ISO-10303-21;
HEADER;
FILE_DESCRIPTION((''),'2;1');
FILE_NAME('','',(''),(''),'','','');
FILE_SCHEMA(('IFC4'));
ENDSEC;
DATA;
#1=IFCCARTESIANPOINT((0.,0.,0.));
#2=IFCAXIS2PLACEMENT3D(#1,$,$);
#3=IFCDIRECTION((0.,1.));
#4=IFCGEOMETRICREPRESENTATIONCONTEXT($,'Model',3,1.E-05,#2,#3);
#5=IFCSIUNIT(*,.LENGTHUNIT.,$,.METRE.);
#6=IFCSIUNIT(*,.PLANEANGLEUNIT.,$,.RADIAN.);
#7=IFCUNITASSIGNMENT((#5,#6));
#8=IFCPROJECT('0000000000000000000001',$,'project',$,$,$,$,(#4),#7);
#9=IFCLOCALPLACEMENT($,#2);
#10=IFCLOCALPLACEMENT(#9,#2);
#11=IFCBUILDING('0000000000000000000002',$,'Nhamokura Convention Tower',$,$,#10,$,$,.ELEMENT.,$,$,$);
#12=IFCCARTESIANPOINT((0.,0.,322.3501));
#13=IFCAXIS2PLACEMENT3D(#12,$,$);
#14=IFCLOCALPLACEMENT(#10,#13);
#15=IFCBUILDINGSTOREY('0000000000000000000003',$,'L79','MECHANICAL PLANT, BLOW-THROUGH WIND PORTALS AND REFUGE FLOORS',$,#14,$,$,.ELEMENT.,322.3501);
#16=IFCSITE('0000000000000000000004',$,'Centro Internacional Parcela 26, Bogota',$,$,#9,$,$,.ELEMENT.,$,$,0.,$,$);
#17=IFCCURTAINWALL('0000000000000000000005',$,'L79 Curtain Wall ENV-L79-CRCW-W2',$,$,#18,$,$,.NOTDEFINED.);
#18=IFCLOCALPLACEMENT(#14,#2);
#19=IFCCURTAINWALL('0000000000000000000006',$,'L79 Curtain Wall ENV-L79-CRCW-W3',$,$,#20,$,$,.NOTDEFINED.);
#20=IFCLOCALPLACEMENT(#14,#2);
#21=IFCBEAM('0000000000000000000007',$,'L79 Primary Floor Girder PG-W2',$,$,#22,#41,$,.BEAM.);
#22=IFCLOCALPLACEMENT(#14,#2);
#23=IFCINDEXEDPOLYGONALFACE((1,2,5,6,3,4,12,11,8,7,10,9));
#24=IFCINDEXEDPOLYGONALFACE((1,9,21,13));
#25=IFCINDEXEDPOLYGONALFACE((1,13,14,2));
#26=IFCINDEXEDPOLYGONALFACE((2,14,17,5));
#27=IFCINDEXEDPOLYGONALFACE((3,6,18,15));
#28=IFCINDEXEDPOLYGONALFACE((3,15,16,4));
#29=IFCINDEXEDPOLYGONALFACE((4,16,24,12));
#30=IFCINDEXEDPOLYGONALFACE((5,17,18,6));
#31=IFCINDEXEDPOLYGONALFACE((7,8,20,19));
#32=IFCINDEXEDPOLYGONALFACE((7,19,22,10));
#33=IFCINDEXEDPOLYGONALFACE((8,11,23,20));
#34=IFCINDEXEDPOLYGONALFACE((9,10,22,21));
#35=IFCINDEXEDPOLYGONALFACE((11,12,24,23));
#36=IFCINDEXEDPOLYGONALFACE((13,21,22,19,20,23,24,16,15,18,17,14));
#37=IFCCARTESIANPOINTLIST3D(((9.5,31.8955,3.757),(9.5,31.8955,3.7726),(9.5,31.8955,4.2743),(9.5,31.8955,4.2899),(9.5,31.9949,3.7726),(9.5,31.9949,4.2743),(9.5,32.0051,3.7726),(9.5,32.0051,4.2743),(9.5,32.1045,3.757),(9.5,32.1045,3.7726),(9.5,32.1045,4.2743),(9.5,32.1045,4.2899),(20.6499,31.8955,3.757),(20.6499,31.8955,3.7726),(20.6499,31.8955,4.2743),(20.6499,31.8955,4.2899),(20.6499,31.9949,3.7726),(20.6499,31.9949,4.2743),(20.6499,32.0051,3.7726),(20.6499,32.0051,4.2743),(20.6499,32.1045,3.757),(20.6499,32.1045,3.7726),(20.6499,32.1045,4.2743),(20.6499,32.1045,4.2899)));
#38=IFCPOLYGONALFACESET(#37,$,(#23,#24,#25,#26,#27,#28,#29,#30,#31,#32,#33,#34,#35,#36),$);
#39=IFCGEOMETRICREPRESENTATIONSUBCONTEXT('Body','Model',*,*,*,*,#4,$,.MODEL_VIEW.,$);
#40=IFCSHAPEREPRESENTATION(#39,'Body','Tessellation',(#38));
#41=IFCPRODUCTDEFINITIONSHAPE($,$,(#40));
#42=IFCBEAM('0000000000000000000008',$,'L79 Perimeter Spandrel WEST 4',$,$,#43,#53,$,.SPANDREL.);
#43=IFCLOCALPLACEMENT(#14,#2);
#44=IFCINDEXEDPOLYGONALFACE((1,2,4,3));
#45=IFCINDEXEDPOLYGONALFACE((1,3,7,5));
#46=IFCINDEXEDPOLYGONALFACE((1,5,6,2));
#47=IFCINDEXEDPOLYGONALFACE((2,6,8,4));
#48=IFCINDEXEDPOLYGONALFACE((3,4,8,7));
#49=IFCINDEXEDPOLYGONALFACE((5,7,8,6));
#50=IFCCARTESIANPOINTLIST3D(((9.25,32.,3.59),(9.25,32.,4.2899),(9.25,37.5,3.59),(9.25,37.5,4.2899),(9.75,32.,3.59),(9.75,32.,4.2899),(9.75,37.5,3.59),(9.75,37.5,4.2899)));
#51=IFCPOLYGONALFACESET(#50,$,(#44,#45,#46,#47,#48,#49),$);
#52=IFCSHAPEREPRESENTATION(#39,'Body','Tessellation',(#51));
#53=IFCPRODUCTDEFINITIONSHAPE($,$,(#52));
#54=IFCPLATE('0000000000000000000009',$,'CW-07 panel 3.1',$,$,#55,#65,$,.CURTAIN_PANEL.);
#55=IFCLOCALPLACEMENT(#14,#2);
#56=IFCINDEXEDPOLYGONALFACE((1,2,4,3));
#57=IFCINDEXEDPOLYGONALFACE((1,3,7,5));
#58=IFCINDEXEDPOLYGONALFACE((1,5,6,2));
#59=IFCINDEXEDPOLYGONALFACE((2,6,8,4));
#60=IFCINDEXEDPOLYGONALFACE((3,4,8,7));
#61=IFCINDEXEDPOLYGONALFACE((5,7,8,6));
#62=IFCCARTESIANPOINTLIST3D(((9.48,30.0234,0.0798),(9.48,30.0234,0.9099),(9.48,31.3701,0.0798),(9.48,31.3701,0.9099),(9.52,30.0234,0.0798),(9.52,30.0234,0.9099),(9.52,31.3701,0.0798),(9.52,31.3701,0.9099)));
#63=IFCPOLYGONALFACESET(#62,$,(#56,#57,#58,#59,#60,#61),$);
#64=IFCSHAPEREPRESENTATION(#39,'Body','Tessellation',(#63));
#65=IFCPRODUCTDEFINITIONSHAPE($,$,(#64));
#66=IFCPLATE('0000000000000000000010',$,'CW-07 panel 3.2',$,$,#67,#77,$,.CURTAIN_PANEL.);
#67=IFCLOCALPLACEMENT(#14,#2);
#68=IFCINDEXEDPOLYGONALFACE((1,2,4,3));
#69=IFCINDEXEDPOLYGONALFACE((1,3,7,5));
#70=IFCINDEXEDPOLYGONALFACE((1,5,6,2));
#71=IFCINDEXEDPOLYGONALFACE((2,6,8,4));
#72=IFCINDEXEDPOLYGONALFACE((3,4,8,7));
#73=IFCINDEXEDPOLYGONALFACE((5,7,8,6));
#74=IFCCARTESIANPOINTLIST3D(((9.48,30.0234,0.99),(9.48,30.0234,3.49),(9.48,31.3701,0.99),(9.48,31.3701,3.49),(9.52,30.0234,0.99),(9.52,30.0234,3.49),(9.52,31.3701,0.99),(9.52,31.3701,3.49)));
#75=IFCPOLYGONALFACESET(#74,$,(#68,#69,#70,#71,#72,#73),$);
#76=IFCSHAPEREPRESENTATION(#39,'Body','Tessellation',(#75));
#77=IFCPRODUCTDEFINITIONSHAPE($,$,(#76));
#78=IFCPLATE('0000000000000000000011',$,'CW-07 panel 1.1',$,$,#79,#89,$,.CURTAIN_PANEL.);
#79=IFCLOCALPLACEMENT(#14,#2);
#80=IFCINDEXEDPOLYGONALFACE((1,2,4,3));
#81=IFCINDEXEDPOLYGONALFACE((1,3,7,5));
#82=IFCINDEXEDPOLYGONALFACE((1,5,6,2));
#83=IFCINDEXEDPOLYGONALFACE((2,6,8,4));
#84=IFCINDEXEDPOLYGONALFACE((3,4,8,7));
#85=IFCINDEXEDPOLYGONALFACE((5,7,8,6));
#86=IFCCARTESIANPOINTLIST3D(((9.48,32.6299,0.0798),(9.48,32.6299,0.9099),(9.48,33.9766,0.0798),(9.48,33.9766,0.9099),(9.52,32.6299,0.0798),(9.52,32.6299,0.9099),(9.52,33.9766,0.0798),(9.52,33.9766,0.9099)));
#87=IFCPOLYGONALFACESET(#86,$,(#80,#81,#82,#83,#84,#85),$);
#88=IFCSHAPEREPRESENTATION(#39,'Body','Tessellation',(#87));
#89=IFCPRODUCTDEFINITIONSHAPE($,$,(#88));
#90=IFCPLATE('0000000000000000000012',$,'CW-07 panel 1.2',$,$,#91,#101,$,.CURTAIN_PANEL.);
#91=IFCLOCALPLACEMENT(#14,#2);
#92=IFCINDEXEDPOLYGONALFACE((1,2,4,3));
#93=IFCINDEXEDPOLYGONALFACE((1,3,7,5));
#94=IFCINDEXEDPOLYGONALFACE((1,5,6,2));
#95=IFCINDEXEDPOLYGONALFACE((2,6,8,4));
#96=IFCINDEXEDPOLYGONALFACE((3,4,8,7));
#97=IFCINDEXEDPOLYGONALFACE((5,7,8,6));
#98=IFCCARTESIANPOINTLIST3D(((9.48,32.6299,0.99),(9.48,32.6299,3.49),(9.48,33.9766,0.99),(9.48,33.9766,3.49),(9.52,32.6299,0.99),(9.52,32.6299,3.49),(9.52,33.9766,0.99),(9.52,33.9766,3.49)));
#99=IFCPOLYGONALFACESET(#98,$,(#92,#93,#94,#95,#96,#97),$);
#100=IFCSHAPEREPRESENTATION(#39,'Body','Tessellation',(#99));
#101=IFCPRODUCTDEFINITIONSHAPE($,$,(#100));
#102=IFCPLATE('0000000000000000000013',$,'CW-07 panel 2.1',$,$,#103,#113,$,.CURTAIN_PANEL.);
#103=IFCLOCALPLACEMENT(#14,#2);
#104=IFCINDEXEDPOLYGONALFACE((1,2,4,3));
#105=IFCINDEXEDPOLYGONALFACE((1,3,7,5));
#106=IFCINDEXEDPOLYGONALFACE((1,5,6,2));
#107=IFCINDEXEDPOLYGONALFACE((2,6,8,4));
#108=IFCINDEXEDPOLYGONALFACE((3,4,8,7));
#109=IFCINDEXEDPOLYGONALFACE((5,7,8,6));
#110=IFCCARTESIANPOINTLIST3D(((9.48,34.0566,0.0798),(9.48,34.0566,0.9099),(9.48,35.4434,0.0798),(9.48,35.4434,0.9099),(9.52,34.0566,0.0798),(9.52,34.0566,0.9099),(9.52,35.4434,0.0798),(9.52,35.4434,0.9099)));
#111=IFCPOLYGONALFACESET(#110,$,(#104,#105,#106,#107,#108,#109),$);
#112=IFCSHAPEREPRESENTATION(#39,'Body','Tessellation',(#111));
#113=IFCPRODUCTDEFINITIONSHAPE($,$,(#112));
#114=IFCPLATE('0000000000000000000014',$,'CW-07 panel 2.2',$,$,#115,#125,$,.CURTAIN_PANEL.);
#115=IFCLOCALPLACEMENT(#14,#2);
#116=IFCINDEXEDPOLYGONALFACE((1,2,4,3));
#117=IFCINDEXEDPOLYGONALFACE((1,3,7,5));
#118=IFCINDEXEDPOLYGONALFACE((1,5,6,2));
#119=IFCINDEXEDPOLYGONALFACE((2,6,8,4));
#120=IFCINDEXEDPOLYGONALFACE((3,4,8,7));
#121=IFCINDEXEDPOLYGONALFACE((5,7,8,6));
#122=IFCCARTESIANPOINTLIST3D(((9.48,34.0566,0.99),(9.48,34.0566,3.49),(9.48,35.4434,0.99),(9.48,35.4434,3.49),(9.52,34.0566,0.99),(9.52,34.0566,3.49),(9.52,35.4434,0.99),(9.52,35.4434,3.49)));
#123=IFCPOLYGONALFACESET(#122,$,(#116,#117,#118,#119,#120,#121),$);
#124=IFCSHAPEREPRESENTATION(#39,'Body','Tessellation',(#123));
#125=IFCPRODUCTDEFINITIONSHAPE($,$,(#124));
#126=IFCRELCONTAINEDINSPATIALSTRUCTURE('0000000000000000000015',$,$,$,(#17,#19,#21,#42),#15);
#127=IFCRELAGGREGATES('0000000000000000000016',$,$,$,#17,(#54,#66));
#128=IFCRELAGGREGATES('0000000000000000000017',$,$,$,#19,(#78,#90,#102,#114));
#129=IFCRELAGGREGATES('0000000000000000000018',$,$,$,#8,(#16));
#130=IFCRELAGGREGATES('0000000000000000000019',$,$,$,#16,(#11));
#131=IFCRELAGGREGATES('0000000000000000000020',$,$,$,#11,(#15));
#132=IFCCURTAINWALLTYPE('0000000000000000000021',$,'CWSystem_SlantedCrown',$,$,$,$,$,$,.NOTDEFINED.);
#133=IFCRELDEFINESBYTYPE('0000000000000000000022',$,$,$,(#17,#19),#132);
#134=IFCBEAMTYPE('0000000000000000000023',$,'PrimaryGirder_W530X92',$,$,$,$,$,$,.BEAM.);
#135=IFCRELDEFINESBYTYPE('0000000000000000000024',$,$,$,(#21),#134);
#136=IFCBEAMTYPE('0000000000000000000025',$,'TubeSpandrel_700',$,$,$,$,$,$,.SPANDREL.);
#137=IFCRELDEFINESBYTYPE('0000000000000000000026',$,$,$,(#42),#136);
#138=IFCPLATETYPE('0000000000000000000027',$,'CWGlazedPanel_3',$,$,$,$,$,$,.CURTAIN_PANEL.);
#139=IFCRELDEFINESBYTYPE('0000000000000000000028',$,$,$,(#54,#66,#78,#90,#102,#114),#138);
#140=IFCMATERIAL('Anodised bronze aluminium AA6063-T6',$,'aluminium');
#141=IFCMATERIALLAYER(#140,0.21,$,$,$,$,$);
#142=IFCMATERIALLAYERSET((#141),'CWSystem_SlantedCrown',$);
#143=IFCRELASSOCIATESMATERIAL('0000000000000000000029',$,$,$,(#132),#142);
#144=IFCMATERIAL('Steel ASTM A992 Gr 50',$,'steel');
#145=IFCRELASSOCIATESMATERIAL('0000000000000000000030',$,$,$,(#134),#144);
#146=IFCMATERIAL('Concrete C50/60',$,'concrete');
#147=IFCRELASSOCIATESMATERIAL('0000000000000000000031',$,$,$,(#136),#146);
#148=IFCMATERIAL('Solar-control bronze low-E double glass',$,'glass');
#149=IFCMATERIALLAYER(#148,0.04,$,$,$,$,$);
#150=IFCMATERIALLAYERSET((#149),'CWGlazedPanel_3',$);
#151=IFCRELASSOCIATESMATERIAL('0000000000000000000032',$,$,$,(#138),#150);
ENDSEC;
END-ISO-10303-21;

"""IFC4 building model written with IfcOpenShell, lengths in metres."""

from ifc_helpers import new_model, si_unit, direction, frame, origin, origin_2d, place, context, subcontext, project, spatial, rectangle, i_section, extrude, material, layer, layer_set, material_profile, profile_set, type_object, element, aggregate, save


model = new_model("IFC4")

# Units and contexts
model_context = context("Model", 3, precision=1e-05, world=origin(), true_north=direction((0.0, 1.0)))
body_context = subcontext(model_context, "Body", "Model", "MODEL_VIEW")
ifc_project = project(units=[si_unit("LENGTHUNIT", "METRE"), si_unit("PLANEANGLEUNIT", "RADIAN")], contexts=[model_context])

# Site, building, storey
site_placement = place(None, origin())
site = spatial("IfcSite", under=ifc_project, at=site_placement, Name="Centro Internacional Parcela 26, Bogota", CompositionType="ELEMENT", RefElevation=0.0)
building_placement = place(site_placement, origin())
building = spatial("IfcBuilding", under=site, at=building_placement, Name="Nhamokura Convention Tower", CompositionType="ELEMENT")
storey_placement = place(building_placement, frame((0.0, 0.0, 322.3501)))
storey = spatial("IfcBuildingStorey", under=building, at=storey_placement, Name="L79", Description="MECHANICAL PLANT, BLOW-THROUGH WIND PORTALS AND REFUGE FLOORS", CompositionType="ELEMENT", Elevation=322.3501)

# Curtain wall
ifc_material_1 = material(Name="Anodised bronze aluminium AA6063-T6", Category="aluminium")
ifc_layer_1 = layer(ifc_material_1, 0.21)
ifc_layer_set_1 = layer_set([ifc_layer_1], Name="CWSystem_SlantedCrown")
curtain_wall_type = type_object("IfcCurtainWallType", Name="CWSystem_SlantedCrown", PredefinedType="NOTDEFINED", material=ifc_layer_set_1)
curtain_wall_1_placement = place(storey_placement, origin())
curtain_wall_1 = element("IfcCurtainWall", 1, at=curtain_wall_1_placement, inside=storey, type_object=curtain_wall_type, Name="L79 Curtain Wall ENV-L79-CRCW-W2", PredefinedType="NOTDEFINED")

# Curtain wall
curtain_wall_2_placement = place(storey_placement, origin())
curtain_wall_2 = element("IfcCurtainWall", 2, at=curtain_wall_2_placement, inside=storey, type_object=curtain_wall_type, Name="L79 Curtain Wall ENV-L79-CRCW-W3", PredefinedType="NOTDEFINED")

# Beams
ifc_material_2 = material(Name="Steel ASTM A992 Gr 50", Category="steel")
ifc_material_profile_1 = material_profile(ifc_material_2, i_section(OverallWidth=0.209, OverallDepth=0.533, WebThickness=0.0103, FlangeThickness=0.0156, at=origin_2d()))
ifc_profile_set_1 = profile_set([ifc_material_profile_1], Name="Steel ASTM A992 Gr 50")
beam_type_1 = type_object("IfcBeamType", Name="PrimaryGirder_W530X92", PredefinedType="BEAM", material=ifc_profile_set_1)
beam_1_placement = place(storey_placement, frame((9.5, 32.0, 4.0234), z_axis=(1.0, 0.0, 0.0), x_axis=(0.0, 1.0, 0.0)))
element("IfcBeam", 3, at=beam_1_placement, inside=storey, type_object=beam_type_1, Name="L79 Primary Floor Girder PG-W2", PredefinedType="BEAM", context=body_context, shape_type="SweptSolid", body=[
    extrude(i_section(OverallWidth=0.209, OverallDepth=0.533, WebThickness=0.0103, FlangeThickness=0.0156, at=origin_2d()), origin(), (0.0, 0.0, 1.0), 11.1499),
])
ifc_material_3 = material(Name="Concrete C50/60", Category="concrete")
ifc_material_profile_2 = material_profile(ifc_material_3, rectangle(XDim=0.5, YDim=0.7, at=origin_2d()))
ifc_profile_set_2 = profile_set([ifc_material_profile_2], Name="Concrete C50/60")
beam_type_2 = type_object("IfcBeamType", Name="TubeSpandrel_700", PredefinedType="SPANDREL", material=ifc_profile_set_2)
beam_2_placement = place(storey_placement, frame((9.5, 32.0, 3.9399), z_axis=(0.0, 1.0, 0.0), x_axis=(-1.0, 0.0, 0.0)))
element("IfcBeam", 4, at=beam_2_placement, inside=storey, type_object=beam_type_2, Name="L79 Perimeter Spandrel WEST 4", PredefinedType="SPANDREL", context=body_context, shape_type="SweptSolid", body=[
    extrude(rectangle(XDim=0.5, YDim=0.7, at=origin_2d()), origin(), (0.0, 0.0, 1.0), 5.5),
])

# Plates
ifc_material_4 = material(Name="Solar-control bronze low-E double glass", Category="glass")
ifc_layer_2 = layer(ifc_material_4, 0.04)
ifc_layer_set_2 = layer_set([ifc_layer_2], Name="CWGlazedPanel_3")
plate_type = type_object("IfcPlateType", Name="CWGlazedPanel_3", PredefinedType="CURTAIN_PANEL", material=ifc_layer_set_2)
plate_1_placement = place(storey_placement, frame((9.5, 30.6968, 0.0798), z_axis=(0.0, 0.0, 1.0), x_axis=(0.0, 1.0, 0.0)))
plate_1 = element("IfcPlate", 5, at=plate_1_placement, type_object=plate_type, Name="CW-07 panel 3.1", PredefinedType="CURTAIN_PANEL", context=body_context, shape_type="SweptSolid", body=[
    extrude(rectangle(XDim=1.3467, YDim=0.04, at=origin_2d()), origin(), (0.0, 0.0, 1.0), 0.8301),
])
plate_2_placement = place(storey_placement, frame((9.5, 30.6968, 0.99), z_axis=(0.0, 0.0, 1.0), x_axis=(0.0, 1.0, 0.0)))
plate_2 = element("IfcPlate", 6, at=plate_2_placement, type_object=plate_type, Name="CW-07 panel 3.2", PredefinedType="CURTAIN_PANEL", context=body_context, shape_type="SweptSolid", body=[
    extrude(rectangle(XDim=1.3467, YDim=0.04, at=origin_2d()), origin(), (0.0, 0.0, 1.0), 2.5),
])
aggregate(curtain_wall_1, [plate_1, plate_2])
plate_3_placement = place(storey_placement, frame((9.5, 33.3032, 0.0798), z_axis=(0.0, 0.0, 1.0), x_axis=(0.0, 1.0, 0.0)))
plate_3 = element("IfcPlate", 7, at=plate_3_placement, type_object=plate_type, Name="CW-07 panel 1.1", PredefinedType="CURTAIN_PANEL", context=body_context, shape_type="SweptSolid", body=[
    extrude(rectangle(XDim=1.3467, YDim=0.04, at=origin_2d()), origin(), (0.0, 0.0, 1.0), 0.8301),
])
plate_4_placement = place(storey_placement, frame((9.5, 33.3032, 0.99), z_axis=(0.0, 0.0, 1.0), x_axis=(0.0, 1.0, 0.0)))
plate_4 = element("IfcPlate", 8, at=plate_4_placement, type_object=plate_type, Name="CW-07 panel 1.2", PredefinedType="CURTAIN_PANEL", context=body_context, shape_type="SweptSolid", body=[
    extrude(rectangle(XDim=1.3467, YDim=0.04, at=origin_2d()), origin(), (0.0, 0.0, 1.0), 2.5),
])
plate_5_placement = place(storey_placement, frame((9.5, 34.75, 0.0798), z_axis=(0.0, 0.0, 1.0), x_axis=(0.0, 1.0, 0.0)))
plate_5 = element("IfcPlate", 9, at=plate_5_placement, type_object=plate_type, Name="CW-07 panel 2.1", PredefinedType="CURTAIN_PANEL", context=body_context, shape_type="SweptSolid", body=[
    extrude(rectangle(XDim=1.3867, YDim=0.04, at=origin_2d()), origin(), (0.0, 0.0, 1.0), 0.8301),
])
plate_6_placement = place(storey_placement, frame((9.5, 34.75, 0.99), z_axis=(0.0, 0.0, 1.0), x_axis=(0.0, 1.0, 0.0)))
plate_6 = element("IfcPlate", 10, at=plate_6_placement, type_object=plate_type, Name="CW-07 panel 2.2", PredefinedType="CURTAIN_PANEL", context=body_context, shape_type="SweptSolid", body=[
    extrude(rectangle(XDim=1.3867, YDim=0.04, at=origin_2d()), origin(), (0.0, 0.0, 1.0), 2.5),
])
aggregate(curtain_wall_2, [plate_3, plate_4, plate_5, plate_6])

save(model, "model.ifc")
